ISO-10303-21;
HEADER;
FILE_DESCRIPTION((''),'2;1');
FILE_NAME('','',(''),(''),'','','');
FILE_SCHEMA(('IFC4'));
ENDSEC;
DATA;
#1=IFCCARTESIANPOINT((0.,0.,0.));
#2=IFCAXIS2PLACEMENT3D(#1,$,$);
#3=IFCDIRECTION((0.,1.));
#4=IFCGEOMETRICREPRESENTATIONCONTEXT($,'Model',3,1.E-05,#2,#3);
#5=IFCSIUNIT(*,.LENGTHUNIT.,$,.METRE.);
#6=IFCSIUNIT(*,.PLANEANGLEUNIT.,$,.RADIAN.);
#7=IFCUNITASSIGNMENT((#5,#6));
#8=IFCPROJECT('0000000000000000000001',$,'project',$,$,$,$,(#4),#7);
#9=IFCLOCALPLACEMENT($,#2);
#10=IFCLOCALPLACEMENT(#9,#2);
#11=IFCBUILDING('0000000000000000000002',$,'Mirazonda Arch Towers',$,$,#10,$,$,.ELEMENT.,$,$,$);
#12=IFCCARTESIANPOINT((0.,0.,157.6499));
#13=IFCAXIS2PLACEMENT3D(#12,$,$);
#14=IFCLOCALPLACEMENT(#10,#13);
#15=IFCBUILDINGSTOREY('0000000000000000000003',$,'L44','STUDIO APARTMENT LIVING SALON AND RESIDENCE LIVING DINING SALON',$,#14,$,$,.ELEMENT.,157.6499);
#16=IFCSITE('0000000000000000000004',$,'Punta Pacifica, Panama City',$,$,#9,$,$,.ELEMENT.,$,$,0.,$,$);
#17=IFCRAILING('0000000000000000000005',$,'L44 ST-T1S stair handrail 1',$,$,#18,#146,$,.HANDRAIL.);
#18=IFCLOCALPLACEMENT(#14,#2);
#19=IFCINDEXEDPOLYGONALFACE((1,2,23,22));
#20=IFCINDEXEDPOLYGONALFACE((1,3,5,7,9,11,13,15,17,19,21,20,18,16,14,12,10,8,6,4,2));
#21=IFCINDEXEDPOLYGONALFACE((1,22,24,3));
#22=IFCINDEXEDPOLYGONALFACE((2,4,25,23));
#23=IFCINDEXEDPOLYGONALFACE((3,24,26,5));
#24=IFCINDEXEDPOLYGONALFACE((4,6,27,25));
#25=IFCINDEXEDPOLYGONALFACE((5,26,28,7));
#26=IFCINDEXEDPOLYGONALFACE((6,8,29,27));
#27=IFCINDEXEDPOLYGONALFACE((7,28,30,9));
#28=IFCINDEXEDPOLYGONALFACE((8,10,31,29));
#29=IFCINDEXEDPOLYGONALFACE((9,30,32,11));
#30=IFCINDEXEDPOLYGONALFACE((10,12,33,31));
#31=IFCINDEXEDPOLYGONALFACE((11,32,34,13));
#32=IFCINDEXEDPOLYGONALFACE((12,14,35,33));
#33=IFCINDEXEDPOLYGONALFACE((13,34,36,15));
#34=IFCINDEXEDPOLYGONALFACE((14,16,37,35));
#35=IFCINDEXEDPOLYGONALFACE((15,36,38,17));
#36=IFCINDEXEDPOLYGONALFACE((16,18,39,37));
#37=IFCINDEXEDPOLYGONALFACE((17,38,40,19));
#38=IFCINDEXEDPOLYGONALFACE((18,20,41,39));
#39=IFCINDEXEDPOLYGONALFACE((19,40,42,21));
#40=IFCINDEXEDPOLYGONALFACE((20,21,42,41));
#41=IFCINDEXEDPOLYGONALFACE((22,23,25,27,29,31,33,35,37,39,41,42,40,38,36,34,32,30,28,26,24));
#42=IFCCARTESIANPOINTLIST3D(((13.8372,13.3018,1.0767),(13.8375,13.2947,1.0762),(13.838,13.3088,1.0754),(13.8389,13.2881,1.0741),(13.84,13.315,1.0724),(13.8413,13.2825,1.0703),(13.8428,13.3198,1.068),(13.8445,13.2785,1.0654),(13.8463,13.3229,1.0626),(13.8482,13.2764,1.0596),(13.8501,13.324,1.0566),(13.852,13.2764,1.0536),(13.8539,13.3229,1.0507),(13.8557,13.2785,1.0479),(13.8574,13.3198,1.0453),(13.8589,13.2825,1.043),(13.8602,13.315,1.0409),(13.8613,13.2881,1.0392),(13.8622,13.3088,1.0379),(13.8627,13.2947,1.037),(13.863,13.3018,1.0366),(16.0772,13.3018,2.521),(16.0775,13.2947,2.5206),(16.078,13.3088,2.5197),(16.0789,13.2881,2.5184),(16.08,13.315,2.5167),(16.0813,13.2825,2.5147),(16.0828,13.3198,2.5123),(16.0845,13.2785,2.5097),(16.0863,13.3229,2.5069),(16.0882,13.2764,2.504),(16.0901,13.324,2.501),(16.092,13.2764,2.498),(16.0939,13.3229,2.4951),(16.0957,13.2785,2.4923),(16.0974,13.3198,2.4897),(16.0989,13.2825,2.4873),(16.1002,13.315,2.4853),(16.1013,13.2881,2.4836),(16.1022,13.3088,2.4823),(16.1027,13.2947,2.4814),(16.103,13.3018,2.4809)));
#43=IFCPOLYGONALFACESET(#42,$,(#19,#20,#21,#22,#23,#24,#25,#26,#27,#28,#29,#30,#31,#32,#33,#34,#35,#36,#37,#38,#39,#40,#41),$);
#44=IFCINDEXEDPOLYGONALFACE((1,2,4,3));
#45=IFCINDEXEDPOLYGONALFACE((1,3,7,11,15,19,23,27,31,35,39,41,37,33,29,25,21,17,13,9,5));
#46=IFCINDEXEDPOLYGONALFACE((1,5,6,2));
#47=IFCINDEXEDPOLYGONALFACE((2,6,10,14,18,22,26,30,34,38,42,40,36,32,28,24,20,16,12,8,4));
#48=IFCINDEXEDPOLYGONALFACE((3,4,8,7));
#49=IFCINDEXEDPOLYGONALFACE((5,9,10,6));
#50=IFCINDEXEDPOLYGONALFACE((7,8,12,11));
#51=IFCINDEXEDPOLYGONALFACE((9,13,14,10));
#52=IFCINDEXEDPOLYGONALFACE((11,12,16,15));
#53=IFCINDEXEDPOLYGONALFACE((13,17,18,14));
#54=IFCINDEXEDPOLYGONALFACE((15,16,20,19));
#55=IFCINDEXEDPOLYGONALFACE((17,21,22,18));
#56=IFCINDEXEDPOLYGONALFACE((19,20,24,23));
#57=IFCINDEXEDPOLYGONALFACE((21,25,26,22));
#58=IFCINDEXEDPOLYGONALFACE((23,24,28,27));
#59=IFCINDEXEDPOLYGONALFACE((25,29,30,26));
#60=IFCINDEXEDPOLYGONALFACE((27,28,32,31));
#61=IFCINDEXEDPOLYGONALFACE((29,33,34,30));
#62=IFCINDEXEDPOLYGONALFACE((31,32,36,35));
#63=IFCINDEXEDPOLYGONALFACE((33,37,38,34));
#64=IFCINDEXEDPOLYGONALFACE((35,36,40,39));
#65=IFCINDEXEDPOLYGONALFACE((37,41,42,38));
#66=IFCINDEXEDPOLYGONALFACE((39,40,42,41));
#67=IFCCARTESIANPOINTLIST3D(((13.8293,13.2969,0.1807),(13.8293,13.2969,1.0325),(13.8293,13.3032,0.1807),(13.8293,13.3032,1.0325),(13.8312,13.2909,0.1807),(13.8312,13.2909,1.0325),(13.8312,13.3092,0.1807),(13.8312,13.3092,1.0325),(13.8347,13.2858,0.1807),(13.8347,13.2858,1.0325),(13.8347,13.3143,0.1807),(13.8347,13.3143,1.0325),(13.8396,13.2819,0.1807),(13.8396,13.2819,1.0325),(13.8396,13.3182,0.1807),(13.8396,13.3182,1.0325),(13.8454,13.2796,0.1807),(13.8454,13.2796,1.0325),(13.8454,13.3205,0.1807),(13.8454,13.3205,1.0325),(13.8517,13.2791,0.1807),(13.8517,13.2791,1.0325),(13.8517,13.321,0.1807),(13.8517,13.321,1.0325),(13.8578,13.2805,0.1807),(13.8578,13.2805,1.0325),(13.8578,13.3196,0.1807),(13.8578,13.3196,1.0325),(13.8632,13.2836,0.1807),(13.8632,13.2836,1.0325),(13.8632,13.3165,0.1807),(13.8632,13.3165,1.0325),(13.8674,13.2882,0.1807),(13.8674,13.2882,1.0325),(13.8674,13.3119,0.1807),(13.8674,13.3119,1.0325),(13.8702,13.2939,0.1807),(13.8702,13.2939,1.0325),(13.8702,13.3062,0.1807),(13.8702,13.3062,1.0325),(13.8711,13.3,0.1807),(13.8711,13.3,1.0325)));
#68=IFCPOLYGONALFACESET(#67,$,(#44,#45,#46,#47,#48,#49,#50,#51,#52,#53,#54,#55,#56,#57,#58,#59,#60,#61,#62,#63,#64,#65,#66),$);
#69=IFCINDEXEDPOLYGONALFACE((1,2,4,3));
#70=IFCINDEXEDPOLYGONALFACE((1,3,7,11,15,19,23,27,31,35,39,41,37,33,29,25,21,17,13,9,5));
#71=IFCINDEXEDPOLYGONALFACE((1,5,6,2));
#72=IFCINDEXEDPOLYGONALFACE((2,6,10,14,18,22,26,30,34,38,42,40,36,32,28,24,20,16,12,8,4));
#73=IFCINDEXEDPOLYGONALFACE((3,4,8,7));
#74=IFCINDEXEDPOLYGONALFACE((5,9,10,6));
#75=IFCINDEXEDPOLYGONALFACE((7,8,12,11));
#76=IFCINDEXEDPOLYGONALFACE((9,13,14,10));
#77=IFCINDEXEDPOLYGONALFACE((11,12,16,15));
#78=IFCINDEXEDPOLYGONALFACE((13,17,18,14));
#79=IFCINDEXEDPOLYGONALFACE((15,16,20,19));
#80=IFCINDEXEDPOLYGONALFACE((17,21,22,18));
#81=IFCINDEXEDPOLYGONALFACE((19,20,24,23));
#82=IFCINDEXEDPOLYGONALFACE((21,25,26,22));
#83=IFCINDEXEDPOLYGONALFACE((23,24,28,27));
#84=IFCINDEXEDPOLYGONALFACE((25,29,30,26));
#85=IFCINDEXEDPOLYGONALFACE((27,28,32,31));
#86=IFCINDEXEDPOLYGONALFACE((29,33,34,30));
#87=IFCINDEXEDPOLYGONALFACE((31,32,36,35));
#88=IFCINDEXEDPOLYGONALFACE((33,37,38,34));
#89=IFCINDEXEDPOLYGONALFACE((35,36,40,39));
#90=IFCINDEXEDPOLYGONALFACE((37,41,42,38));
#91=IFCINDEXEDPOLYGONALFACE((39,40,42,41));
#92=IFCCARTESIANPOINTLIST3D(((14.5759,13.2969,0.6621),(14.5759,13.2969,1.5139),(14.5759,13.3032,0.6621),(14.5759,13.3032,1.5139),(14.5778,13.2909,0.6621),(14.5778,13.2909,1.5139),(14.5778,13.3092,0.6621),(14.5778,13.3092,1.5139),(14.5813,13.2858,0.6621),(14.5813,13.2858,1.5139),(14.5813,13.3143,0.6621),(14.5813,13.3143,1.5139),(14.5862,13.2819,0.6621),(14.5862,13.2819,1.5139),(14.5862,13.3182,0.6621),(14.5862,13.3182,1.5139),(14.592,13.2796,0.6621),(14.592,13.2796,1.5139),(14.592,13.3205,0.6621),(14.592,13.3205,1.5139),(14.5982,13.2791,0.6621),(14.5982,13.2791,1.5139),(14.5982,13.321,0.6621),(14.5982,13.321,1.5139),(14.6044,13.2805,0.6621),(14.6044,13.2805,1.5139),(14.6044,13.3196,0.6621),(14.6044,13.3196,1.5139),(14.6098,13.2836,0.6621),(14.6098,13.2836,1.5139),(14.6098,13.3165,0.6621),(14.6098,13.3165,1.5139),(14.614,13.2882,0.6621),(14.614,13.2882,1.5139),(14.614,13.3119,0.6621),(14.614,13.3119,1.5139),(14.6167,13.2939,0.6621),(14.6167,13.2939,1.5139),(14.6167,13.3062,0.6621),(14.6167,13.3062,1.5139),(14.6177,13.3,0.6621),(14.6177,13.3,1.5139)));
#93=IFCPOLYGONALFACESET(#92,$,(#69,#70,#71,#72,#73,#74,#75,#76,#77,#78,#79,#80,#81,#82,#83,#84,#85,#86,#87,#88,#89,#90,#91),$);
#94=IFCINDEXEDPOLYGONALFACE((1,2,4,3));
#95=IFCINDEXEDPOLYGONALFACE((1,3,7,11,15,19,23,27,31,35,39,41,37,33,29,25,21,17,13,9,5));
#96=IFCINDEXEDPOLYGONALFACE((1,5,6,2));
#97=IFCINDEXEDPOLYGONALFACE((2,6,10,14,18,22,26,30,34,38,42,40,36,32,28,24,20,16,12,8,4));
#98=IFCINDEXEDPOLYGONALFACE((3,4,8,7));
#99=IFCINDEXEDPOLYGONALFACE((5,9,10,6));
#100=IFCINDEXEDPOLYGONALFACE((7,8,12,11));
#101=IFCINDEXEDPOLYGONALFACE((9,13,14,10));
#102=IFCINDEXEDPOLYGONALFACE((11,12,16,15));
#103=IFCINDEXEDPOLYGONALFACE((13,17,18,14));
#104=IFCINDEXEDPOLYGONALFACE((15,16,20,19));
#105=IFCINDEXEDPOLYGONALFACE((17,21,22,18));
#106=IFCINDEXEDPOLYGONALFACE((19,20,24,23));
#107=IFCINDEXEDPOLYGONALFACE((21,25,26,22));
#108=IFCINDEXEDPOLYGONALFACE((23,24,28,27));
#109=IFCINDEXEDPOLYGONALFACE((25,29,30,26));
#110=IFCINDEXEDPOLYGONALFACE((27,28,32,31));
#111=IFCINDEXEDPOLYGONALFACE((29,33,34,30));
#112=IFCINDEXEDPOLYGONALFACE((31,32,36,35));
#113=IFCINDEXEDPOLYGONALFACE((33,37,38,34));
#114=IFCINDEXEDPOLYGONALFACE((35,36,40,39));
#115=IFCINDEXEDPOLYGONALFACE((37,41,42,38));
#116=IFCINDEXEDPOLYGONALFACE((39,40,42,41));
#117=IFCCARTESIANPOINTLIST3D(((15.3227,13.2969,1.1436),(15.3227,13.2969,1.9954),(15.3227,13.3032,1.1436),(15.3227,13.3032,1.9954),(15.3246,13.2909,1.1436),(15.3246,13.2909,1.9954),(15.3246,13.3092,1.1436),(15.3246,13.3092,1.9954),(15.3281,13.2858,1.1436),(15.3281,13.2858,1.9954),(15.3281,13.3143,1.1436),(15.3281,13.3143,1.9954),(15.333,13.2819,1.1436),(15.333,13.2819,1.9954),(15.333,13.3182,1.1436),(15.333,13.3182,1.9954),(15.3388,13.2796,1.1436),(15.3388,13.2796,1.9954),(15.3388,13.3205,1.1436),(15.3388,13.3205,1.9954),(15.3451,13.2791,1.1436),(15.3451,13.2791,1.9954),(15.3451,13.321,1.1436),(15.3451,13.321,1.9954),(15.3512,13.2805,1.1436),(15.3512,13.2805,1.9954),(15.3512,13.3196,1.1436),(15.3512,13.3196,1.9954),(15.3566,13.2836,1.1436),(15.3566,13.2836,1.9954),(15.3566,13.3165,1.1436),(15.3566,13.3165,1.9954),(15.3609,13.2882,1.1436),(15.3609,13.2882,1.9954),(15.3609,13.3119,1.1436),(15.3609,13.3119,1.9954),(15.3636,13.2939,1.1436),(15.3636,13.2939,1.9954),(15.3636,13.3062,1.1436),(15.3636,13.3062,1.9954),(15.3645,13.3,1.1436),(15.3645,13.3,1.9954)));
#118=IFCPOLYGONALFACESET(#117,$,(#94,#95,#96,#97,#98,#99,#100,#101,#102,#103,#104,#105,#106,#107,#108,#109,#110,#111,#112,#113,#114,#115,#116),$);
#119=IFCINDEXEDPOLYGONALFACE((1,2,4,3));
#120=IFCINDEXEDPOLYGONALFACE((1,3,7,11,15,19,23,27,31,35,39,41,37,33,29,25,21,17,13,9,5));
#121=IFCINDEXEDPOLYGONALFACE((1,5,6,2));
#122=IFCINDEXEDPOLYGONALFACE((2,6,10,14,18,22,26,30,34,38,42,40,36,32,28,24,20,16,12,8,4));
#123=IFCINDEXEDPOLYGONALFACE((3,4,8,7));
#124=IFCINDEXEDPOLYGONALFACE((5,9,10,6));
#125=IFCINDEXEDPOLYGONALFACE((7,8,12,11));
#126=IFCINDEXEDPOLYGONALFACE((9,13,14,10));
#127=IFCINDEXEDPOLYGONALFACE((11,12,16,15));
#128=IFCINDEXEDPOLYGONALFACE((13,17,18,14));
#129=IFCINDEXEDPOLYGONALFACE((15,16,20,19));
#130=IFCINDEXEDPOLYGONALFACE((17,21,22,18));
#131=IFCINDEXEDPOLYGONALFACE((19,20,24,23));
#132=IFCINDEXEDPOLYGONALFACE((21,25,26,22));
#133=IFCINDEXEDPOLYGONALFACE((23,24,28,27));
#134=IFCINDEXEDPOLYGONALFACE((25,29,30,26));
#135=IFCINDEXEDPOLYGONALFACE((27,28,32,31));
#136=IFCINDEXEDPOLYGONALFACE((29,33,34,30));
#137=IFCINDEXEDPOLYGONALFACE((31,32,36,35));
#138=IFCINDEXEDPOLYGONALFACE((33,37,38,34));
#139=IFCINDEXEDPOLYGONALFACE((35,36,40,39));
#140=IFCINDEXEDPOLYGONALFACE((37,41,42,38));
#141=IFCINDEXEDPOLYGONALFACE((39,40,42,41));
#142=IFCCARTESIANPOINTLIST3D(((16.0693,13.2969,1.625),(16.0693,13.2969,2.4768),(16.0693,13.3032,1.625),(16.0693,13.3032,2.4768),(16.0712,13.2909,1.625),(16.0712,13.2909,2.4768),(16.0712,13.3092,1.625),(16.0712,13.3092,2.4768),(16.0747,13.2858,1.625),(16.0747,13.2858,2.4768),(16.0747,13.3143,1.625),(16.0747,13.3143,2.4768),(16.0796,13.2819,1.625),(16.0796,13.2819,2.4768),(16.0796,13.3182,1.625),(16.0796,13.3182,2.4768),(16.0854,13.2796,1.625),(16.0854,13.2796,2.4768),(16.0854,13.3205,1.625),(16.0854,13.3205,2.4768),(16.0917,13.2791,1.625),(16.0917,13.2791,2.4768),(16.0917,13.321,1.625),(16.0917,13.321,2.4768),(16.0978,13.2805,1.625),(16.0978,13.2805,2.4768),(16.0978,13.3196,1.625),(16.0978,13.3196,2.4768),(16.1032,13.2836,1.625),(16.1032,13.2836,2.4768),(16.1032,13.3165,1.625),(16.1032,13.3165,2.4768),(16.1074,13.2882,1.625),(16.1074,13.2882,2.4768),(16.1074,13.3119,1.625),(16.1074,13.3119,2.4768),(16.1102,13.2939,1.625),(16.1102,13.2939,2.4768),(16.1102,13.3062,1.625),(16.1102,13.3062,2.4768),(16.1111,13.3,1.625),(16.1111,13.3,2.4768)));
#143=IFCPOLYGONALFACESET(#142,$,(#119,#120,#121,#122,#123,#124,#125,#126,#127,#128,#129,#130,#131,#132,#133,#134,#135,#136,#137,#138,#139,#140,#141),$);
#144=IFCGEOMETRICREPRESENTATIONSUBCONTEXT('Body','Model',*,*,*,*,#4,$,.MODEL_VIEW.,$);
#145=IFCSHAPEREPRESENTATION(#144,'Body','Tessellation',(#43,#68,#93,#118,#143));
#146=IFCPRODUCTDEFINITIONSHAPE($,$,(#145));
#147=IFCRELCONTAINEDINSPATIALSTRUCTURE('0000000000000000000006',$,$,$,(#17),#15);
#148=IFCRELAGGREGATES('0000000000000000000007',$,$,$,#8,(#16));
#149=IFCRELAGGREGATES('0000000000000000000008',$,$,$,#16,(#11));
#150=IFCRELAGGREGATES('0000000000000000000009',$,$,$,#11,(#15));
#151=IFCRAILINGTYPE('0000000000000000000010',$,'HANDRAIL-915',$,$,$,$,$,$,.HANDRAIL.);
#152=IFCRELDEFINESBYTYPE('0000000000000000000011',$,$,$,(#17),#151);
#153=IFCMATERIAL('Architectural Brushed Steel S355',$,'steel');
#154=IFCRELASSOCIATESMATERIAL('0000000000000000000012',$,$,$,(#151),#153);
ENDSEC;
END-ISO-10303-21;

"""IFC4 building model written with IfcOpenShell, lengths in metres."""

from ifc_helpers import new_model, si_unit, direction, frame, origin, origin_2d, place, context, subcontext, project, spatial, circle, extrude, material, type_object, element, save


model = new_model("IFC4")

# Units and contexts
model_context = context("Model", 3, precision=1e-05, world=origin(), true_north=direction((0.0, 1.0)))
body_context = subcontext(model_context, "Body", "Model", "MODEL_VIEW")
ifc_project = project(units=[si_unit("LENGTHUNIT", "METRE"), si_unit("PLANEANGLEUNIT", "RADIAN")], contexts=[model_context])

# Site, building, storey
site_placement = place(None, origin())
site = spatial("IfcSite", under=ifc_project, at=site_placement, Name="Punta Pacifica, Panama City", CompositionType="ELEMENT", RefElevation=0.0)
building_placement = place(site_placement, origin())
building = spatial("IfcBuilding", under=site, at=building_placement, Name="Mirazonda Arch Towers", CompositionType="ELEMENT")
storey_placement = place(building_placement, frame((0.0, 0.0, 157.6499)))
storey = spatial("IfcBuildingStorey", under=building, at=storey_placement, Name="L44", Description="STUDIO APARTMENT LIVING SALON AND RESIDENCE LIVING DINING SALON", CompositionType="ELEMENT", Elevation=157.6499)

# Shared definitions
ifc_material_1 = material(Name="Architectural Brushed Steel S355", Category="steel")

# Railing
railing_type_1 = type_object("IfcRailingType", Name="HANDRAIL-915", PredefinedType="HANDRAIL", material=ifc_material_1)
railing_1_placement = place(storey_placement, frame((13.8501, 13.3, 0.1807)))
element("IfcRailing", 1, at=railing_1_placement, inside=storey, type_object=railing_type_1, Name="L44 ST-T1S stair handrail 1", PredefinedType="HANDRAIL", context=body_context, shape_type="SweptSolid", body=[
    extrude(circle(Radius=0.0239, at=origin_2d()), frame((0.0, 0.0, 0.876), z_axis=(0.840437, 0.0, 0.54191), x_axis=(0.0, 1.0, 0.0)), (0.0, 0.0, 1.0), 2.6653),
    extrude(circle(Radius=0.021, at=origin_2d()), origin(), (0.0, 0.0, 1.0), 0.8518),
    extrude(circle(Radius=0.021, at=origin_2d()), frame((0.7466, 0.0, 0.4814)), (0.0, 0.0, 1.0), 0.8518),
    extrude(circle(Radius=0.021, at=origin_2d()), frame((1.4934, 0.0, 0.9629)), (0.0, 0.0, 1.0), 0.8518),
    extrude(circle(Radius=0.021, at=origin_2d()), frame((2.24, 0.0, 1.4443)), (0.0, 0.0, 1.0), 0.8518),
])

save(model, "model.ifc")
